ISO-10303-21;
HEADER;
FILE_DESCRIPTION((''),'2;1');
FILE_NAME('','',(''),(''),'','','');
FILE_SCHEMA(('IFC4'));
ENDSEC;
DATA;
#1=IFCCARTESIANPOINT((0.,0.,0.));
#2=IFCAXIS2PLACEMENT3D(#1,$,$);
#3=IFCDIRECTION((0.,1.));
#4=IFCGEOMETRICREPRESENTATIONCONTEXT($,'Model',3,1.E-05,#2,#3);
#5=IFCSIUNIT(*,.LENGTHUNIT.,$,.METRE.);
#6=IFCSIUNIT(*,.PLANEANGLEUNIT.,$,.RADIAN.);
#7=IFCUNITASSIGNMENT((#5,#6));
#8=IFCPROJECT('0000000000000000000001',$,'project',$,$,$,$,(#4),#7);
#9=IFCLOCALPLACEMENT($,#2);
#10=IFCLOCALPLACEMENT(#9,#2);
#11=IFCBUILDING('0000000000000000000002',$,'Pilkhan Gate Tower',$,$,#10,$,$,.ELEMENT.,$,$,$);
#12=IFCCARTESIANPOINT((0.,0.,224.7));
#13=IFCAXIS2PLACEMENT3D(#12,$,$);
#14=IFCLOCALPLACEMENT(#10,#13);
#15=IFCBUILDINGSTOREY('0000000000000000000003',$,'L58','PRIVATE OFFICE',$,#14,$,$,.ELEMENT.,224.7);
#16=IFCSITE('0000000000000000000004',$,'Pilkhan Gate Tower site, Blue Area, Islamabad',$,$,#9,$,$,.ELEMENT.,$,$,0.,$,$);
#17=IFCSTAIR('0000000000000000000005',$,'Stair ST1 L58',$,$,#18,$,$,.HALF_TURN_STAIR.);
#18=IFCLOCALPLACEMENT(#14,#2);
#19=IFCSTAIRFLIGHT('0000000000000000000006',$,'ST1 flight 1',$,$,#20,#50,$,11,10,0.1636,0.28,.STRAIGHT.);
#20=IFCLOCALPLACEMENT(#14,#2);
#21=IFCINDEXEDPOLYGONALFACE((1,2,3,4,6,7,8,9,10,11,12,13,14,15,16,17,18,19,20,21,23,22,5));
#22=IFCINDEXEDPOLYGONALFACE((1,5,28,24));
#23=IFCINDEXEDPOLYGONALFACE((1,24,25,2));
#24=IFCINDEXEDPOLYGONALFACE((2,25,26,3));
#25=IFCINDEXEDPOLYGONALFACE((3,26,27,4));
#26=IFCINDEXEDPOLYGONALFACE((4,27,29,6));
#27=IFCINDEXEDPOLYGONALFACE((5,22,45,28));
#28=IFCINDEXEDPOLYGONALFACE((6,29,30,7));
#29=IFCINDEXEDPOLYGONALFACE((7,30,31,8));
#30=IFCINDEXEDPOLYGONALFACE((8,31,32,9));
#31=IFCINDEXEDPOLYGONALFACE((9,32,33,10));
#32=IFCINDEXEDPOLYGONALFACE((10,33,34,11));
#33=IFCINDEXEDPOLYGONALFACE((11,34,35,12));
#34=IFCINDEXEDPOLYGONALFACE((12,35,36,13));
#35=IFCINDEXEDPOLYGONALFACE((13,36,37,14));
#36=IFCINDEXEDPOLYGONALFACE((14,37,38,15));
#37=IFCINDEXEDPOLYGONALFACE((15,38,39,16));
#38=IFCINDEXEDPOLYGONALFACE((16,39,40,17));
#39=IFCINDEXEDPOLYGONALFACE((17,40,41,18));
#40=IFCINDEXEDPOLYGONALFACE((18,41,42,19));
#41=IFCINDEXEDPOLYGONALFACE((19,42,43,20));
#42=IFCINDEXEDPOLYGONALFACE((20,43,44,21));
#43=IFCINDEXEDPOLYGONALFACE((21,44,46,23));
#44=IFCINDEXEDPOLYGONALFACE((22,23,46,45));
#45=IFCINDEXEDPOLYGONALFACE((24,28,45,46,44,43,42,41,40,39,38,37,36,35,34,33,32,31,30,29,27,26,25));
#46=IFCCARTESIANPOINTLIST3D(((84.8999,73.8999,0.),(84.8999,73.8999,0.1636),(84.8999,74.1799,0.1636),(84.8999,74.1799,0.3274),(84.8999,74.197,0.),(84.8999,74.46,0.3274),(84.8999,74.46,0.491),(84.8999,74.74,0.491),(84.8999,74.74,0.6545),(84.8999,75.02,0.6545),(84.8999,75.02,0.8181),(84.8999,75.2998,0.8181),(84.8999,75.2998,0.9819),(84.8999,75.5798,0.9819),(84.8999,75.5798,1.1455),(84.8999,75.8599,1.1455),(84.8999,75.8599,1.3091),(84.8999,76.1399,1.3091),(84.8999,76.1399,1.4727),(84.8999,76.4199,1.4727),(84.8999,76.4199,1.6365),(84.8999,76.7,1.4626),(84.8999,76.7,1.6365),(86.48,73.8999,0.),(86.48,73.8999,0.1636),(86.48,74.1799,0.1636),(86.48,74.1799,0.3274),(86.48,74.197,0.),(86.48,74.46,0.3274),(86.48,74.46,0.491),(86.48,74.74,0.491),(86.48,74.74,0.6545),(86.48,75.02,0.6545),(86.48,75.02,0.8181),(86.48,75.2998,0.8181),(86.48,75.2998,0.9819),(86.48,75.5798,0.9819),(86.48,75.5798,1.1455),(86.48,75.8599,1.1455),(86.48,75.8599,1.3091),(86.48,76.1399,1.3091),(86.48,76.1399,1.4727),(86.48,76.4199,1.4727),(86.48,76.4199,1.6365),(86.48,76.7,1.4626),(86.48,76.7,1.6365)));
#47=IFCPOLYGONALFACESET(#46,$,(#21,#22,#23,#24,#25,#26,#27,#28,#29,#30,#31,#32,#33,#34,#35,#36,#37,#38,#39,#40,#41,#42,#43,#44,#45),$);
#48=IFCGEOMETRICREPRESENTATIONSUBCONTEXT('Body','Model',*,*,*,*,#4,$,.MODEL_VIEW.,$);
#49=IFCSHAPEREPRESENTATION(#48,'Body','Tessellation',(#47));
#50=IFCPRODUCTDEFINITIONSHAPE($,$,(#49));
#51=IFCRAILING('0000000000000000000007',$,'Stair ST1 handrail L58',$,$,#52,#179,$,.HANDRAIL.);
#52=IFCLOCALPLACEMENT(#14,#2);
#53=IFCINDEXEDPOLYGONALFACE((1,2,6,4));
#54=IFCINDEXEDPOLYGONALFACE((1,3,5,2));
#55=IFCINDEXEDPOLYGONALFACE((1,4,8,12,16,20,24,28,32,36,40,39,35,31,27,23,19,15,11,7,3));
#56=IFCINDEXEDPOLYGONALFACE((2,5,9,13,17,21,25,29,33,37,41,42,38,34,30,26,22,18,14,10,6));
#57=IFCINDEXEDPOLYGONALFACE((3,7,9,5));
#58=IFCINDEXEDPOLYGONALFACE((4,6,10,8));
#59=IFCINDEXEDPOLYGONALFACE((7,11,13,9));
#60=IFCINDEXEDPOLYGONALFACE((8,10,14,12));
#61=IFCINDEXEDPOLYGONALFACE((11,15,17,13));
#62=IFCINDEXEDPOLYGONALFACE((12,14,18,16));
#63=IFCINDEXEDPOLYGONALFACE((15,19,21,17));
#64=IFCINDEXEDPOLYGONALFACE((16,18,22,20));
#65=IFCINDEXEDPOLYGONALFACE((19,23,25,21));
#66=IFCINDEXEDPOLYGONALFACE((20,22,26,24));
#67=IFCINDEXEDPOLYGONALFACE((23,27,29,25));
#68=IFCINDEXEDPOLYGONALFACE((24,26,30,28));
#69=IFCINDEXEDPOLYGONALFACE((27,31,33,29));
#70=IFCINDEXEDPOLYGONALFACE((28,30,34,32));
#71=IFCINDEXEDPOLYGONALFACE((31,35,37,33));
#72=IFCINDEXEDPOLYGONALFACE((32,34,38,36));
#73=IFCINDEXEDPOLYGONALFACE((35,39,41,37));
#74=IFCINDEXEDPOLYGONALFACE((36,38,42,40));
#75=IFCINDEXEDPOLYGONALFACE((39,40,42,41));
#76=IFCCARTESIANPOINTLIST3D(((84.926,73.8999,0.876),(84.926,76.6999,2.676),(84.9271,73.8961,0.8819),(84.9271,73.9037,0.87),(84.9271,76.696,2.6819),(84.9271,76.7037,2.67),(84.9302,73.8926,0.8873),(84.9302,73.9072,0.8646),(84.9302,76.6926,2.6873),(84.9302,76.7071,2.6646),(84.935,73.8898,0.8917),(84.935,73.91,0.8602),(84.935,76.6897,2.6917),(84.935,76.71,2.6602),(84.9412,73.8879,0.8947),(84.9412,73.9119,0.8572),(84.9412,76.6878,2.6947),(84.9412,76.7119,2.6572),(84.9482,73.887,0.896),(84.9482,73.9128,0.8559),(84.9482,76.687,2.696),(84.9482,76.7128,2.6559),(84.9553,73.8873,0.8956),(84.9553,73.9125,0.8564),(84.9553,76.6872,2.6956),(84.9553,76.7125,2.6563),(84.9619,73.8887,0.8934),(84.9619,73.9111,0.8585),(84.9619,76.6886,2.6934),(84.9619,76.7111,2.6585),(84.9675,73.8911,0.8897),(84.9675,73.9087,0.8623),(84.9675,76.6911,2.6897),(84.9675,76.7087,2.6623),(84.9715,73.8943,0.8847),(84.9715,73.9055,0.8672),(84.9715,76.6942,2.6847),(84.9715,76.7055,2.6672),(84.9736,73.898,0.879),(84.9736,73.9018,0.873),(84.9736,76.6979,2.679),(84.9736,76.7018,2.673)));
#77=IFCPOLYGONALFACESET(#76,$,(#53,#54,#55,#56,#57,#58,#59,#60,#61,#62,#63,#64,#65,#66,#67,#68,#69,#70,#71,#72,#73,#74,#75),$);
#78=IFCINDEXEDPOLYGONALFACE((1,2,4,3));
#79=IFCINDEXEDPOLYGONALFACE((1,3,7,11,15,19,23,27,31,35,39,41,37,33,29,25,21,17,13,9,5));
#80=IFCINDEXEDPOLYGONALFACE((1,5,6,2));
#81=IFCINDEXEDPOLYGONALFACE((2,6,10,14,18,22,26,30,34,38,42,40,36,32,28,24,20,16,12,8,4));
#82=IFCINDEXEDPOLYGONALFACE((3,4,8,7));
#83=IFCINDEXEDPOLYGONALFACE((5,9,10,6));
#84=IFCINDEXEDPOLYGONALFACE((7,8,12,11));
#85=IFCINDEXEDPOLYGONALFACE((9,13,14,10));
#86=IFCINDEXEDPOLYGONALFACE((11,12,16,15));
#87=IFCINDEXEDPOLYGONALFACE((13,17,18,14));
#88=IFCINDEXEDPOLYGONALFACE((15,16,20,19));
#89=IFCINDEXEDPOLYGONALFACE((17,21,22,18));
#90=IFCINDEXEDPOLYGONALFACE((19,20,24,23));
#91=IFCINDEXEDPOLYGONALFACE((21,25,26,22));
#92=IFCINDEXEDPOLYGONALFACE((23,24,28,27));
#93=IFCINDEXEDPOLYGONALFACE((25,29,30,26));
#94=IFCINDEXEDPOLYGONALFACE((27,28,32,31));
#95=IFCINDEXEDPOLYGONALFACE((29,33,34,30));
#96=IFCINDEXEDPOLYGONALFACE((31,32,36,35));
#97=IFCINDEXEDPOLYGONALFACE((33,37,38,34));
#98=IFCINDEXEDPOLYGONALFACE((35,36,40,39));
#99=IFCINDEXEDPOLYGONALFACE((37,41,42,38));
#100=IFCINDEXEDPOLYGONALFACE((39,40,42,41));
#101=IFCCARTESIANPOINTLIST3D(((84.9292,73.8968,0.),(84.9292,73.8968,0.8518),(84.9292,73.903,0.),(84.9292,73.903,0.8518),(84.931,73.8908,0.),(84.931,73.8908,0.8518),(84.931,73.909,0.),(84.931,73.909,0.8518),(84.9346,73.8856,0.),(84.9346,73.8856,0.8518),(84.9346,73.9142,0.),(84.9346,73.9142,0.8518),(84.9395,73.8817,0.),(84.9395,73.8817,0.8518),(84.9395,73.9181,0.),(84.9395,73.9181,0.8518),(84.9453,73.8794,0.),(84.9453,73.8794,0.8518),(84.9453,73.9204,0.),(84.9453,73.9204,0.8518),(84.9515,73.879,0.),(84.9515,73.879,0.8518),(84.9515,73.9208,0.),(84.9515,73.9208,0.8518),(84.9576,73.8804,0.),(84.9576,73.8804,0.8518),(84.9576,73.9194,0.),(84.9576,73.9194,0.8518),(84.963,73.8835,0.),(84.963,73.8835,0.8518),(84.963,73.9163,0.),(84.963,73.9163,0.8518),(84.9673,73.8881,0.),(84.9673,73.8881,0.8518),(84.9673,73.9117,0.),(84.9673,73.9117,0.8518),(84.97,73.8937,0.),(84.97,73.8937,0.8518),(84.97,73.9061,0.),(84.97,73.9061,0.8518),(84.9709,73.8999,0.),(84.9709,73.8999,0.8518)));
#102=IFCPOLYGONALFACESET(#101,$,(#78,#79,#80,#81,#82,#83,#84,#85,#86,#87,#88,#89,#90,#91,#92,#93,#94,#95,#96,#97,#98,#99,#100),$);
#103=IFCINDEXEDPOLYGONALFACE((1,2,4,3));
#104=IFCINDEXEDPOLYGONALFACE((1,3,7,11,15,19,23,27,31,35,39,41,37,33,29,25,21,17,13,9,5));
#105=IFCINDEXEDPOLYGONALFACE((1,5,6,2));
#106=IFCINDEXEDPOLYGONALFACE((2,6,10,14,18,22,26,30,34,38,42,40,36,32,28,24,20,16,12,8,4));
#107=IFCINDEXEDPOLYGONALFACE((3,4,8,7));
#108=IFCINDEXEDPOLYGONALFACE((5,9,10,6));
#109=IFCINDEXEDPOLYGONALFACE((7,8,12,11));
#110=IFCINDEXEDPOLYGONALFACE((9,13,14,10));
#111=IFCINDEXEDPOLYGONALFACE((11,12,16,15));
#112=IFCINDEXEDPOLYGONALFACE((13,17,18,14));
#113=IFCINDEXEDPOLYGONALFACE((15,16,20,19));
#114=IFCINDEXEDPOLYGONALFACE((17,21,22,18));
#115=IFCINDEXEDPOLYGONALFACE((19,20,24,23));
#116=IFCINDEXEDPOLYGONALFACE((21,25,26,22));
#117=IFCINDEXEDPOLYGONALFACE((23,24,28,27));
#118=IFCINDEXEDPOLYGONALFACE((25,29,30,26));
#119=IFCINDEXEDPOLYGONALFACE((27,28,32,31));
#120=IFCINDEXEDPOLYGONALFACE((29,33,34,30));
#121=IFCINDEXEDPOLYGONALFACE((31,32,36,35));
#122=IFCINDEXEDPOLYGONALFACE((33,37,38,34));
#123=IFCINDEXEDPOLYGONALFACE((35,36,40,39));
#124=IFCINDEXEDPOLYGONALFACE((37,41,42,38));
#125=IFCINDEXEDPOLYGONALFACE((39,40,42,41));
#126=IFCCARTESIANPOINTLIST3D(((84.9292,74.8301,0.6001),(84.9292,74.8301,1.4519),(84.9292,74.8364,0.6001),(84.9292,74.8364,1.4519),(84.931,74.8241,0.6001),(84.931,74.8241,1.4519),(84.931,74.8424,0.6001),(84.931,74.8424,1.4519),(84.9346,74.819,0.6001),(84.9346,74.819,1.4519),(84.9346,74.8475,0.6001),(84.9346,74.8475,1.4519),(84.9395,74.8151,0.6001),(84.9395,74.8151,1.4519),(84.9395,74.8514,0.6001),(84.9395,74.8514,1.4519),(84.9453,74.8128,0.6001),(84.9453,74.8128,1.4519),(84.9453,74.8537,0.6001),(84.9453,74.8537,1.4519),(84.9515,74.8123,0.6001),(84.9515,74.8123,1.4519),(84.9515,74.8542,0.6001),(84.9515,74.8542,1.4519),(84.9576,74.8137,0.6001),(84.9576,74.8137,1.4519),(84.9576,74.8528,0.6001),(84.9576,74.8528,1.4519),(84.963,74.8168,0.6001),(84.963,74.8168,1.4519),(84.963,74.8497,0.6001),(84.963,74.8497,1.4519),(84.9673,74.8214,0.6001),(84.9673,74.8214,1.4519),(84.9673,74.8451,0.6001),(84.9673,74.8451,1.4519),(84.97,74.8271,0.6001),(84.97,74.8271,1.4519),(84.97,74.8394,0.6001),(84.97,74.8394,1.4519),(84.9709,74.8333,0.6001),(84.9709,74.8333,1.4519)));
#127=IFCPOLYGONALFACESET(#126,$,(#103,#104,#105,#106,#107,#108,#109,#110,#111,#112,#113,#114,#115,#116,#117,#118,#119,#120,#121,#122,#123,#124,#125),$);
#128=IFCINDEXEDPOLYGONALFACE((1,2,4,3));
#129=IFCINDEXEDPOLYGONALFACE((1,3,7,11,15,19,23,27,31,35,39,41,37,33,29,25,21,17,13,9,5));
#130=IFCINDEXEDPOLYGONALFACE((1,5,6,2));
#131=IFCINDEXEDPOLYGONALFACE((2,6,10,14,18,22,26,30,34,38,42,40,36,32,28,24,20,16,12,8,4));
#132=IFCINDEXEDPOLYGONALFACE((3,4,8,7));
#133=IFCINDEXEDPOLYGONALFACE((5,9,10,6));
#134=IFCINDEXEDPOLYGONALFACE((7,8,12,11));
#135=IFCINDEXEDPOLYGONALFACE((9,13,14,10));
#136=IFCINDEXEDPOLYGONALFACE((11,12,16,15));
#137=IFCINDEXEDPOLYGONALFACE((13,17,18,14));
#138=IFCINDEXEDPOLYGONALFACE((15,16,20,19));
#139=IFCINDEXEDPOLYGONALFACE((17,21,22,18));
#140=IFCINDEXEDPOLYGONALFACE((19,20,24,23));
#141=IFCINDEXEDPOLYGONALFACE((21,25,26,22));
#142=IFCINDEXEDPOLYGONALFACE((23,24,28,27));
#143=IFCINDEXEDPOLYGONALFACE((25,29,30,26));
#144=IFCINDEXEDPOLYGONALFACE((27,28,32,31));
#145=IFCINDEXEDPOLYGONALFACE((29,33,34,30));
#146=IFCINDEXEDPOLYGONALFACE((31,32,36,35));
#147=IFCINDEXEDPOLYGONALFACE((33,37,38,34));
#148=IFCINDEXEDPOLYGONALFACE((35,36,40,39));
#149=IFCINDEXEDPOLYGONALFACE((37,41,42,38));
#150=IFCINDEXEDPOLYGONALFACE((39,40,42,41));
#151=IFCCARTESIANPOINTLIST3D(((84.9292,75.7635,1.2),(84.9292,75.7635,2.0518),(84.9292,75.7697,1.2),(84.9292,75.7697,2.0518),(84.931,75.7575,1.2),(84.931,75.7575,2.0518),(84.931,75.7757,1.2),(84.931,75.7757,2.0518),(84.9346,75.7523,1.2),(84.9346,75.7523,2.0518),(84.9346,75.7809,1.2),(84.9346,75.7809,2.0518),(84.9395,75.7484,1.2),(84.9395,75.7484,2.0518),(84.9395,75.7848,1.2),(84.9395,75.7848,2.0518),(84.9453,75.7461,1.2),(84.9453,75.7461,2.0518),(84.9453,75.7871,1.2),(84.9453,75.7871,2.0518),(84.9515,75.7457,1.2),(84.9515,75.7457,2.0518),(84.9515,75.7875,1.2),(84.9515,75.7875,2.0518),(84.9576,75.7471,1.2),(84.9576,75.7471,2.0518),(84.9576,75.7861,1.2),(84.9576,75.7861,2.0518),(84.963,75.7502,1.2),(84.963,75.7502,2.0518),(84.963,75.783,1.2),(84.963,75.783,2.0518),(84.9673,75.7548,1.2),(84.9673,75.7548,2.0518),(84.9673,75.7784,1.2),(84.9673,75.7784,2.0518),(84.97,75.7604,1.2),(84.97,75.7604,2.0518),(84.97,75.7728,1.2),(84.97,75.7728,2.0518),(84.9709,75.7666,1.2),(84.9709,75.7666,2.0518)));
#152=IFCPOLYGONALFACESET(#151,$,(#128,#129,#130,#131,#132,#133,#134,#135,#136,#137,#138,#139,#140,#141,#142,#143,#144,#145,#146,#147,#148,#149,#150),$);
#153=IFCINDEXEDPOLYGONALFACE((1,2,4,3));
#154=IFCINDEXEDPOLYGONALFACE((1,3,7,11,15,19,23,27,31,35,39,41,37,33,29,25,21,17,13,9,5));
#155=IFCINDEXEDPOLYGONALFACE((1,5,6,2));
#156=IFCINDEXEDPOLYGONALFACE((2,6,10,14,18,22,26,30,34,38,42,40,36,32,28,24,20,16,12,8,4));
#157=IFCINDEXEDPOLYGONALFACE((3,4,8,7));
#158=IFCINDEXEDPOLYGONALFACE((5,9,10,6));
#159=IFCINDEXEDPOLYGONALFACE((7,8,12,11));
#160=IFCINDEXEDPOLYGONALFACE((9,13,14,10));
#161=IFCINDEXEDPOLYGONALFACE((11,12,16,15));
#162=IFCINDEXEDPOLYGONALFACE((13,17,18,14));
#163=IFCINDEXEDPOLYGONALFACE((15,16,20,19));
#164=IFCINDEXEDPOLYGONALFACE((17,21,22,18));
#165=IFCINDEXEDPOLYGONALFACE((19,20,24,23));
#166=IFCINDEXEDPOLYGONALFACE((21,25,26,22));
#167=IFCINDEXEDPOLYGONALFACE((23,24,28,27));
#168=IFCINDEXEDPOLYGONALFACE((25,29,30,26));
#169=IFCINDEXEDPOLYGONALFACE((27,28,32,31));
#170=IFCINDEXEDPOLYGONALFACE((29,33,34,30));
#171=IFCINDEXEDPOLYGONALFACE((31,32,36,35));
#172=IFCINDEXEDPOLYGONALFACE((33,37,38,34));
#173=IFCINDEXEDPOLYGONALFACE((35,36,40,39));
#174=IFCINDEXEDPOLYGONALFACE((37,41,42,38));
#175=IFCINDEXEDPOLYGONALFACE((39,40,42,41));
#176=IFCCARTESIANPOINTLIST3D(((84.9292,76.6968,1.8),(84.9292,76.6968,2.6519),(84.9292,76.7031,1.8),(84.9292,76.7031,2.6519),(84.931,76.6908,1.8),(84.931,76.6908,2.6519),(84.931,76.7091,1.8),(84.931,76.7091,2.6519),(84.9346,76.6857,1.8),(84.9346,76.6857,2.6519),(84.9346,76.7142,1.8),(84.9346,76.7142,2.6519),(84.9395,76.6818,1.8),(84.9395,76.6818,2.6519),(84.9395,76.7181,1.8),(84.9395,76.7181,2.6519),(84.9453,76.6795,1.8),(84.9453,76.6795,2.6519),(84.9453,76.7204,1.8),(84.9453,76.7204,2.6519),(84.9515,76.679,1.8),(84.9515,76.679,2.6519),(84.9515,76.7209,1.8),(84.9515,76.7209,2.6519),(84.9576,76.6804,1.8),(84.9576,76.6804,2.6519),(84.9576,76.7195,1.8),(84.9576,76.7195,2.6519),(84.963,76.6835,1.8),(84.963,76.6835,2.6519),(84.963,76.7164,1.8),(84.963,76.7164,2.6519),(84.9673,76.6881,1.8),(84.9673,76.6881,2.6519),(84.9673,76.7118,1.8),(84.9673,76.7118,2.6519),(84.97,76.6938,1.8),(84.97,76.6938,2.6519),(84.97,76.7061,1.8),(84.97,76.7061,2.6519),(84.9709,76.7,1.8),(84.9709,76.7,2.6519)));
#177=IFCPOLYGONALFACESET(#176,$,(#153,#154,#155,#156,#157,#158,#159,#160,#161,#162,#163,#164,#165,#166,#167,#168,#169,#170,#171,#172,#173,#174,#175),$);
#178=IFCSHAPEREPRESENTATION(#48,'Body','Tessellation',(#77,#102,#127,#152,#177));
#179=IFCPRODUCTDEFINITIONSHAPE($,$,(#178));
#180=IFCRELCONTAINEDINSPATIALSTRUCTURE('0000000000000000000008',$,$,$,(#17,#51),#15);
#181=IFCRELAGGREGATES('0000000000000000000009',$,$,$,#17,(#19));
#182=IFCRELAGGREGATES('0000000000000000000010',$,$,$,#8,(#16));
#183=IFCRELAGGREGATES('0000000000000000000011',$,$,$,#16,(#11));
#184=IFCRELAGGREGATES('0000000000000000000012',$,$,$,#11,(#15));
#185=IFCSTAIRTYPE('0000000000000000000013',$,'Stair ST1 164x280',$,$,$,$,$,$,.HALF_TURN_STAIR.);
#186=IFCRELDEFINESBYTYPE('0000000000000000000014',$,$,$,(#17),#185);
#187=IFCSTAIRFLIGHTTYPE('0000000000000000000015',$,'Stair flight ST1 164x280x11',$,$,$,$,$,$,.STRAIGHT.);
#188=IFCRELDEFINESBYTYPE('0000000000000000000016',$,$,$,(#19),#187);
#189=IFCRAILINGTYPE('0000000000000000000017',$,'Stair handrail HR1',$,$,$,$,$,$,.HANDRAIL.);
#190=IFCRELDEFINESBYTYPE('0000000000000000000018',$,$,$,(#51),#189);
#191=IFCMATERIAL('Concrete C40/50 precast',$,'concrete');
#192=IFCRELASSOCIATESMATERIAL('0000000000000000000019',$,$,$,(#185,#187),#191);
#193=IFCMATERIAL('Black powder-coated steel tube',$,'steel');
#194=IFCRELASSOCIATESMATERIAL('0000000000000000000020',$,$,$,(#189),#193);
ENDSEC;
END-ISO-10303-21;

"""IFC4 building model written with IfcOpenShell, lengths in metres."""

from ifc_helpers import new_model, si_unit, direction, frame, origin, origin_2d, place, context, subcontext, project, spatial, polyline, circle, outline, extrude, material, type_object, element, aggregate, save


model = new_model("IFC4")

# Units and contexts
model_context = context("Model", 3, precision=1e-05, world=origin(), true_north=direction((0.0, 1.0)))
body_context = subcontext(model_context, "Body", "Model", "MODEL_VIEW")
ifc_project = project(units=[si_unit("LENGTHUNIT", "METRE"), si_unit("PLANEANGLEUNIT", "RADIAN")], contexts=[model_context])

# Site, building, storey
site_placement = place(None, origin())
site = spatial("IfcSite", under=ifc_project, at=site_placement, Name="Pilkhan Gate Tower site, Blue Area, Islamabad", CompositionType="ELEMENT", RefElevation=0.0)
building_placement = place(site_placement, origin())
building = spatial("IfcBuilding", under=site, at=building_placement, Name="Pilkhan Gate Tower", CompositionType="ELEMENT")
storey_placement = place(building_placement, frame((0.0, 0.0, 224.7)))
storey = spatial("IfcBuildingStorey", under=building, at=storey_placement, Name="L58", Description="PRIVATE OFFICE", CompositionType="ELEMENT", Elevation=224.7)

# Stair, stair flight
ifc_material_1 = material(Name="Concrete C40/50 precast", Category="concrete")
stair_type = type_object("IfcStairType", Name="Stair ST1 164x280", PredefinedType="HALF_TURN_STAIR", material=ifc_material_1)
stair_placement = place(storey_placement, origin())
stair = element("IfcStair", 1, at=stair_placement, inside=storey, type_object=stair_type, Name="Stair ST1 L58", PredefinedType="HALF_TURN_STAIR")
stair_flight_type = type_object("IfcStairFlightType", Name="Stair flight ST1 164x280x11", PredefinedType="STRAIGHT", material=ifc_material_1)
stair_flight_placement = place(storey_placement, frame((85.6899, 73.8999, 0.0), z_axis=(0.0, 0.0, 1.0), x_axis=(0.0, 1.0, 0.0)))
stair_flight = element("IfcStairFlight", 2, at=stair_flight_placement, type_object=stair_flight_type, Name="ST1 flight 1", NumberOfRisers=11, NumberOfTreads=10, PredefinedType="STRAIGHT", RiserHeight=0.1636, TreadLength=0.28, context=body_context, shape_type="SweptSolid", body=[
    extrude(outline(polyline([(0.0, 0.0), (0.0, 0.1636), (0.28, 0.1636), (0.28, 0.3274), (0.5601, 0.3274), (0.5601, 0.491), (0.8401, 0.491), (0.8401, 0.6545), (1.1201, 0.6545), (1.1201, 0.8181), (1.3999, 0.8181), (1.3999, 0.9819), (1.6799, 0.9819), (1.6799, 1.1455), (1.96, 1.1455), (1.96, 1.3091), (2.24, 1.3091), (2.24, 1.4727), (2.52, 1.4727), (2.52, 1.6365), (2.8, 1.6365), (2.8, 1.8), (2.8, 1.4626), (0.2971, 0.0), (0.0, 0.0)])), frame((0.0, 0.79, 0.0), z_axis=(0.0, -1.0, 0.0), x_axis=(1.0, 0.0, 0.0)), (0.0, 0.0, 1.0), 1.5801),
])
aggregate(stair, [stair_flight])

# Railing
ifc_material_2 = material(Name="Black powder-coated steel tube", Category="steel")
railing_type_1 = type_object("IfcRailingType", Name="Stair handrail HR1", PredefinedType="HANDRAIL", material=ifc_material_2)
railing_1_placement = place(storey_placement, frame((84.95, 73.8999, 0.0)))
element("IfcRailing", 3, at=railing_1_placement, inside=storey, type_object=railing_type_1, Name="Stair ST1 handrail L58", PredefinedType="HANDRAIL", context=body_context, shape_type="SweptSolid", body=[
    extrude(circle(Radius=0.0239, at=origin_2d()), frame((0.0, 0.0, 0.876), z_axis=(0.0, 0.841176, 0.540761), x_axis=(-1.0, 0.0, 0.0)), (0.0, 0.0, 1.0), 3.3286),
    extrude(circle(Radius=0.021, at=origin_2d()), origin(), (0.0, 0.0, 1.0), 0.8518),
    extrude(circle(Radius=0.021, at=origin_2d()), frame((0.0, 0.9333, 0.6001)), (0.0, 0.0, 1.0), 0.8518),
    extrude(circle(Radius=0.021, at=origin_2d()), frame((0.0, 1.8667, 1.2)), (0.0, 0.0, 1.0), 0.8518),
    extrude(circle(Radius=0.021, at=origin_2d()), frame((0.0, 2.8, 1.8)), (0.0, 0.0, 1.0), 0.8518),
])

save(model, "model.ifc")
